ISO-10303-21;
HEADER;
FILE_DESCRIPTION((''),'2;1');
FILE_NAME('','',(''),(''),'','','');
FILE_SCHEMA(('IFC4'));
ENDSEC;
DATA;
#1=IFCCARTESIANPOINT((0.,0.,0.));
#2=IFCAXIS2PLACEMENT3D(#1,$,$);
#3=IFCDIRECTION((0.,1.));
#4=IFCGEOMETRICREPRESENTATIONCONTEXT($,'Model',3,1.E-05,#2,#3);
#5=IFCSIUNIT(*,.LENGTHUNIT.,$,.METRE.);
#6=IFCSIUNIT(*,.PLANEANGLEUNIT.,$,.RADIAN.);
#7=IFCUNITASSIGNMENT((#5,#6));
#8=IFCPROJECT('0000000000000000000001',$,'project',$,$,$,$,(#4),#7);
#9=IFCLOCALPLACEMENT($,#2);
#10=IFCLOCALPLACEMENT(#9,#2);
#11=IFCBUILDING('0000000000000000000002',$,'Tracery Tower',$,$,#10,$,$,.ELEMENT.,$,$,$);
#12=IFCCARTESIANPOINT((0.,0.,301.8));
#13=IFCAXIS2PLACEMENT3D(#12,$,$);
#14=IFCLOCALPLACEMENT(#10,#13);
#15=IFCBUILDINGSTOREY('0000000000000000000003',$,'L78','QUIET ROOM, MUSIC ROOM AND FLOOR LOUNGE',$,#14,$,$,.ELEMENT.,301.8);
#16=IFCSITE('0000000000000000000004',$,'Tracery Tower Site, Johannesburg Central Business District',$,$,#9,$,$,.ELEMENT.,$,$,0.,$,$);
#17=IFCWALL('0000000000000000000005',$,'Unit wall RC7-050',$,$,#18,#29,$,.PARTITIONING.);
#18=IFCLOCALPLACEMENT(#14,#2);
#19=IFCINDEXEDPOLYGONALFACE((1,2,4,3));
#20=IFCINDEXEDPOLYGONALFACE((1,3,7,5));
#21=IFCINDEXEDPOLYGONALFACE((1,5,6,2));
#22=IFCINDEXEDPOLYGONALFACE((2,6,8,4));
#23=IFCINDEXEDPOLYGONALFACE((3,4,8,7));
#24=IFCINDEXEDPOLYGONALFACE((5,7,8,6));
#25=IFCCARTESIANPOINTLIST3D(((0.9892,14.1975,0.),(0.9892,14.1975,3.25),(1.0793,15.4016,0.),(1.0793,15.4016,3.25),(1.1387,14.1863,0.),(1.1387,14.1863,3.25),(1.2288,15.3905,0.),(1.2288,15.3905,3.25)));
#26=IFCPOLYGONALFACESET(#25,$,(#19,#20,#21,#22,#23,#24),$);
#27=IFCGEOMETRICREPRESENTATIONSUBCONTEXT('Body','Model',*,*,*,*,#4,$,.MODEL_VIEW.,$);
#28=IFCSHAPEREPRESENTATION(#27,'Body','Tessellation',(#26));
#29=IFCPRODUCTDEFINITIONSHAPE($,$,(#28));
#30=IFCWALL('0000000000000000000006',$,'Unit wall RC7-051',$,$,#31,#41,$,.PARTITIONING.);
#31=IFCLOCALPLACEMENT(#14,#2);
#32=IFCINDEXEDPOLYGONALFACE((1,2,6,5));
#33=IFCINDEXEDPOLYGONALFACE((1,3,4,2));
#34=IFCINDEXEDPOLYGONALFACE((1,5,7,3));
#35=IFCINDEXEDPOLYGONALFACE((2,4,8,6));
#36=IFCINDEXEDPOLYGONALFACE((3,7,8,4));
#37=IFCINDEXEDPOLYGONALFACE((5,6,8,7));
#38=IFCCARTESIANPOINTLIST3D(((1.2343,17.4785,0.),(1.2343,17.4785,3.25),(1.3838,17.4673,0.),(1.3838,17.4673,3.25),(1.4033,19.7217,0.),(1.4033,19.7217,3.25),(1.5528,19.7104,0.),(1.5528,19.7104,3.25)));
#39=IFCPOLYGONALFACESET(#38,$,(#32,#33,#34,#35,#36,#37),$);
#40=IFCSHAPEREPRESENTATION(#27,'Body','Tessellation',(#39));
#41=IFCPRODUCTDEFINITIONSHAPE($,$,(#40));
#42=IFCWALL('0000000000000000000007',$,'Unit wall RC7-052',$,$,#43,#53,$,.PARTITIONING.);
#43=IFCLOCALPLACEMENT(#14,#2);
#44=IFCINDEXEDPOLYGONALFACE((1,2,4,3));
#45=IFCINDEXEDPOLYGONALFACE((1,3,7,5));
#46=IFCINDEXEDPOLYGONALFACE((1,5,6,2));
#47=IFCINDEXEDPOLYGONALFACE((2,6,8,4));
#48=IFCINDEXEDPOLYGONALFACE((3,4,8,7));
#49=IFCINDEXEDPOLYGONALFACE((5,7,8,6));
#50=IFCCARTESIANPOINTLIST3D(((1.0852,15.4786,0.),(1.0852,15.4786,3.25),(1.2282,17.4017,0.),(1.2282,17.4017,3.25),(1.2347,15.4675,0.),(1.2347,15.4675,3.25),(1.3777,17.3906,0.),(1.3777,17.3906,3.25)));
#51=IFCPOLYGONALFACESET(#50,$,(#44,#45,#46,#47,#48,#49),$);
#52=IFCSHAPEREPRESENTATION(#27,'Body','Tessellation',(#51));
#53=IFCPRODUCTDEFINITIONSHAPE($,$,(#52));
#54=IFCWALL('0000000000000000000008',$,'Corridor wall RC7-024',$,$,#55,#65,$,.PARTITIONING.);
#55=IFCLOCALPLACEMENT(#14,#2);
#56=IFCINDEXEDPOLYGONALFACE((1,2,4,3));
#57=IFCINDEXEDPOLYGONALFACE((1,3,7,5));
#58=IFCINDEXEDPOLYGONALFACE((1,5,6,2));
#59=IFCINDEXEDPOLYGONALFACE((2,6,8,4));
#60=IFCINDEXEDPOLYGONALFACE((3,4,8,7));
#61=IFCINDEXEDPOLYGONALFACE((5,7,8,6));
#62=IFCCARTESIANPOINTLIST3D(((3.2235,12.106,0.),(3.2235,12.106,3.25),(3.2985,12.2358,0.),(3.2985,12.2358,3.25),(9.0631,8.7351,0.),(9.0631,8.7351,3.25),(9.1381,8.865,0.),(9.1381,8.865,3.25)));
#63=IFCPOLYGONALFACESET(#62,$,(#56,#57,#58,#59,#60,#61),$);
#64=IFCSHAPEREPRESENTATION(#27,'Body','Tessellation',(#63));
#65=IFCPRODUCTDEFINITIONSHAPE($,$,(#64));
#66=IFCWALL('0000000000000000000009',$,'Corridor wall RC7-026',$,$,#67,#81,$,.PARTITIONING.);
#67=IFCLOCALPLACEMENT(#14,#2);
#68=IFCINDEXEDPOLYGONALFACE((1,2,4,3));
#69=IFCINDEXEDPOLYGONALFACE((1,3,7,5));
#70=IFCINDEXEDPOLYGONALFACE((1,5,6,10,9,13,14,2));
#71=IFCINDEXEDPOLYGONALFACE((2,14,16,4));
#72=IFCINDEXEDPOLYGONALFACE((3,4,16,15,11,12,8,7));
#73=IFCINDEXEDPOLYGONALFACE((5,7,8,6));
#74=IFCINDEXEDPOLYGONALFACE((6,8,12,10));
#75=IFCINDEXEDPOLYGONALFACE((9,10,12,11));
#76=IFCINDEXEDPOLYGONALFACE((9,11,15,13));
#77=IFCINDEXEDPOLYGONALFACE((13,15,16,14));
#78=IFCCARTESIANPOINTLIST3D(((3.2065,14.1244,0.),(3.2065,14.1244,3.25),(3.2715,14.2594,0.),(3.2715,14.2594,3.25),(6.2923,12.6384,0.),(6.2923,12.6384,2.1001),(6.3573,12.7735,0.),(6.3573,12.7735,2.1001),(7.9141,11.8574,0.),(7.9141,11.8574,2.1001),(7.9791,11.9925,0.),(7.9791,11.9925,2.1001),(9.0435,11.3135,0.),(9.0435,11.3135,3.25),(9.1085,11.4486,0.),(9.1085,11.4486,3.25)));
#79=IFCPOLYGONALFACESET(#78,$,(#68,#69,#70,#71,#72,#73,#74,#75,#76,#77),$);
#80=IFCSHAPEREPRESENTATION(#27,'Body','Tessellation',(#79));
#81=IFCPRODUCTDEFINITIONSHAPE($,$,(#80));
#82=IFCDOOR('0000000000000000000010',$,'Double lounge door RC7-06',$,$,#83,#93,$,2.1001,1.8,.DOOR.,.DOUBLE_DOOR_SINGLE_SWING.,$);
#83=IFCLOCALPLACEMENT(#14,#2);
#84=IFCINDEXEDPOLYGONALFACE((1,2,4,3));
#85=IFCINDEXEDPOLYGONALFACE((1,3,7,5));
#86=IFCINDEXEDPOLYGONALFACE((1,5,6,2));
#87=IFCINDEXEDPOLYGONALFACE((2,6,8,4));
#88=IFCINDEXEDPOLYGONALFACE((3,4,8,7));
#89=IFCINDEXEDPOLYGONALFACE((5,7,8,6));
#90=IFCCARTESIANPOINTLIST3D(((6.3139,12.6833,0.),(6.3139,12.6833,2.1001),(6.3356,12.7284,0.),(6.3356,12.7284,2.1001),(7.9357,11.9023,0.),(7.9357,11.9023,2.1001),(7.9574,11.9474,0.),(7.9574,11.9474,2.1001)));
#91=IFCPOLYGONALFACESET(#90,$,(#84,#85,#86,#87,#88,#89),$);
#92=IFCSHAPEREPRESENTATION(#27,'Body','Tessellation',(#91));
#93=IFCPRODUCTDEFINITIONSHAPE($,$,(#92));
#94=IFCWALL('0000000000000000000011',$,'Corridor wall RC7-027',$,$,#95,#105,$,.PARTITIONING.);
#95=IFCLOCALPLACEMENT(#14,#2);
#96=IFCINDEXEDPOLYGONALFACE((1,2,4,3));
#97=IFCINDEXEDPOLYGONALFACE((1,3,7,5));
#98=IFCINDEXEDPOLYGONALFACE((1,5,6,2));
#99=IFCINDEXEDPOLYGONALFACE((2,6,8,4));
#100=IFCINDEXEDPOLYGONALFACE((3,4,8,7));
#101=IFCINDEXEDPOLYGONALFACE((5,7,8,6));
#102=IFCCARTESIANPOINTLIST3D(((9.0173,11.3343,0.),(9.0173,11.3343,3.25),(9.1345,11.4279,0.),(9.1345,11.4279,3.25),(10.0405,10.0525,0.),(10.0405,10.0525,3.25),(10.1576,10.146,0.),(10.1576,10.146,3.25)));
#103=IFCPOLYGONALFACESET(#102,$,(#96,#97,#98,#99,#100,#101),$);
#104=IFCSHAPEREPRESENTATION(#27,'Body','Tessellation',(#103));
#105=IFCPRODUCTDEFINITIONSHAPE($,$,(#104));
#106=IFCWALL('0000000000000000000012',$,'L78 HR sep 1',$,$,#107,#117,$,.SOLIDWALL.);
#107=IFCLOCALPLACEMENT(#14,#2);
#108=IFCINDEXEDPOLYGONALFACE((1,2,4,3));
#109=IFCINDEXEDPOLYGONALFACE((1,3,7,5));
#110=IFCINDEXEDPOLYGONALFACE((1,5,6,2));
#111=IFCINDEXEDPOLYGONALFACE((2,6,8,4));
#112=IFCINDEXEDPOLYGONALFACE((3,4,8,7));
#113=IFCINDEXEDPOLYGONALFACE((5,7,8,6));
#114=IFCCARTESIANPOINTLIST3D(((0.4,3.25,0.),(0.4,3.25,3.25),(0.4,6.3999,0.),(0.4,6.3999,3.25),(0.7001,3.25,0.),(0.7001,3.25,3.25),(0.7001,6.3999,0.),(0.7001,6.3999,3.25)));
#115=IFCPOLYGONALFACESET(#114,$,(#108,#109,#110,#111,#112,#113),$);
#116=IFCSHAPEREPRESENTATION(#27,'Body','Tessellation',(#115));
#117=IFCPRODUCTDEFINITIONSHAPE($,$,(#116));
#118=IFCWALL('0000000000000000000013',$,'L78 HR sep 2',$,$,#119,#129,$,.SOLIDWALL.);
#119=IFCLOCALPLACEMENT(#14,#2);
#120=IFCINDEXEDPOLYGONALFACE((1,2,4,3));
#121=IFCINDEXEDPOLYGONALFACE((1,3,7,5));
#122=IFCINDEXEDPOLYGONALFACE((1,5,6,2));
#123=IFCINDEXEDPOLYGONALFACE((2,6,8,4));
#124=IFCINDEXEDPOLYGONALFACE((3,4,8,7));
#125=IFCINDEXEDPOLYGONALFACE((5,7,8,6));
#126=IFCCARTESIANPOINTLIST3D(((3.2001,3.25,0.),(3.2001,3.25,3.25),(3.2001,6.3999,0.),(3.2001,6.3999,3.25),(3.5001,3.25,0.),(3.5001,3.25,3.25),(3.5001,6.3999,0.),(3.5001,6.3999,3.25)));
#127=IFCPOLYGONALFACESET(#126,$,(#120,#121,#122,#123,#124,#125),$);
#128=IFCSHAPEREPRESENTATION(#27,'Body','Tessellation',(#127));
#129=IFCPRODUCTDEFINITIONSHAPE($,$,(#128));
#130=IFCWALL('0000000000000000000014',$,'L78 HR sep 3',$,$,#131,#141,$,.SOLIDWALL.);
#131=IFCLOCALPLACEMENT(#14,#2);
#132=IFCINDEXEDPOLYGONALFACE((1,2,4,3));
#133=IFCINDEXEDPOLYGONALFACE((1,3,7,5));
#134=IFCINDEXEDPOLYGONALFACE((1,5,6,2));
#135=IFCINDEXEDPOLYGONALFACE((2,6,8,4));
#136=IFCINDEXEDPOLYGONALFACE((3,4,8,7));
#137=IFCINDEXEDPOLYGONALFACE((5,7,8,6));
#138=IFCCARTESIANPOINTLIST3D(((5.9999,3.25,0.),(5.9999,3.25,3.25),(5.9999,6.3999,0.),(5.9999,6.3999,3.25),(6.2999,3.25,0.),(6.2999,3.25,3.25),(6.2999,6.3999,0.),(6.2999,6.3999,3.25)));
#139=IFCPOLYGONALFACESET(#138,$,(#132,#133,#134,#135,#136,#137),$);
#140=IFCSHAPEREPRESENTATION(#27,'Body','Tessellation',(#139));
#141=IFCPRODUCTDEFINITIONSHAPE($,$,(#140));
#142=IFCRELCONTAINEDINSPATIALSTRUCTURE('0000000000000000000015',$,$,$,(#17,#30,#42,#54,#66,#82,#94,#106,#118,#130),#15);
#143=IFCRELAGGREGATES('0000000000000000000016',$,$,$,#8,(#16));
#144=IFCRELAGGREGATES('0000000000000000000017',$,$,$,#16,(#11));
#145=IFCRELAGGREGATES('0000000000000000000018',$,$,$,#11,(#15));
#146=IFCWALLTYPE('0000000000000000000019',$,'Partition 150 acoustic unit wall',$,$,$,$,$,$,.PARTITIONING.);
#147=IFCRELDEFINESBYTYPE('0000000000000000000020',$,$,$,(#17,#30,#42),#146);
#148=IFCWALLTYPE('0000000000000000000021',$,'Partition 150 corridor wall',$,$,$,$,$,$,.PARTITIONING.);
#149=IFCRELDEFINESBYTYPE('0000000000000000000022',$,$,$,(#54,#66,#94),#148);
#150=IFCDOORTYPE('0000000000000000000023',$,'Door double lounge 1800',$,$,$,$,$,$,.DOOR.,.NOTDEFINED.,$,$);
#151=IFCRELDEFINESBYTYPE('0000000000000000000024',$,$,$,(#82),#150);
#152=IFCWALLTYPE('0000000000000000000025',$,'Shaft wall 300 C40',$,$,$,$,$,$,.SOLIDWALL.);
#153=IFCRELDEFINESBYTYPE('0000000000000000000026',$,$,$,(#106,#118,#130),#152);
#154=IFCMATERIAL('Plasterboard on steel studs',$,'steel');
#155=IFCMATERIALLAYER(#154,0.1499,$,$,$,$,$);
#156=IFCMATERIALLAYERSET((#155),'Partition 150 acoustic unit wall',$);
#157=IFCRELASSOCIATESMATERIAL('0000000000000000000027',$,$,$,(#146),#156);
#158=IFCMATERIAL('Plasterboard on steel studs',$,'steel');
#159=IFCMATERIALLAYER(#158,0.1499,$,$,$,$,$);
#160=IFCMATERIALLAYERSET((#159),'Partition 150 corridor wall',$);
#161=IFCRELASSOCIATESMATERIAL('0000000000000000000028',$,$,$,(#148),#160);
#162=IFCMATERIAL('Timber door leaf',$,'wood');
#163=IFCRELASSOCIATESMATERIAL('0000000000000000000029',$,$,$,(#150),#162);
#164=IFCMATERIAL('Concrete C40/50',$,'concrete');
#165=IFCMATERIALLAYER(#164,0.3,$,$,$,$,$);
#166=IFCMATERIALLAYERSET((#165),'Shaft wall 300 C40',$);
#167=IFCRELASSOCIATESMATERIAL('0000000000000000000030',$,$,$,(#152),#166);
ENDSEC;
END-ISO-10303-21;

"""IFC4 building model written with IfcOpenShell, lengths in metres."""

from ifc_helpers import new_model, si_unit, direction, frame, frame_2d, origin, place, context, subcontext, project, spatial, rectangle, extrude, material, layer, layer_set, type_object, element, fill, save


model = new_model("IFC4")

# Units and contexts
model_context = context("Model", 3, precision=1e-05, world=origin(), true_north=direction((0.0, 1.0)))
body_context = subcontext(model_context, "Body", "Model", "MODEL_VIEW")
ifc_project = project(units=[si_unit("LENGTHUNIT", "METRE"), si_unit("PLANEANGLEUNIT", "RADIAN")], contexts=[model_context])

# Site, building, storey
site_placement = place(None, origin())
site = spatial("IfcSite", under=ifc_project, at=site_placement, Name="Tracery Tower Site, Johannesburg Central Business District", CompositionType="ELEMENT", RefElevation=0.0)
building_placement = place(site_placement, origin())
building = spatial("IfcBuilding", under=site, at=building_placement, Name="Tracery Tower", CompositionType="ELEMENT")
storey_placement = place(building_placement, frame((0.0, 0.0, 301.8)))
storey = spatial("IfcBuildingStorey", under=building, at=storey_placement, Name="L78", Description="QUIET ROOM, MUSIC ROOM AND FLOOR LOUNGE", CompositionType="ELEMENT", Elevation=301.8)

# Walls
ifc_material_1 = material(Name="Plasterboard on steel studs", Category="steel")
ifc_layer_1 = layer(ifc_material_1, 0.1499)
ifc_layer_set_1 = layer_set([ifc_layer_1], Name="Partition 150 acoustic unit wall")
wall_type_1 = type_object("IfcWallType", Name="Partition 150 acoustic unit wall", PredefinedType="PARTITIONING", material=ifc_layer_set_1)
wall_1_placement = place(storey_placement, frame((1.064, 14.1919, 0.0), z_axis=(0.0, 0.0, 1.0), x_axis=(0.074609, 0.997213, 0.0)))
element("IfcWall", 1, at=wall_1_placement, inside=storey, type_object=wall_type_1, Name="Unit wall RC7-050", PredefinedType="PARTITIONING", context=body_context, shape_type="SweptSolid", body=[
    extrude(rectangle(XDim=1.2075, YDim=0.1499, at=frame_2d((0.6038, 0.0))), origin(), (0.0, 0.0, 1.0), 3.25),
])
wall_2_placement = place(storey_placement, frame((1.3091, 17.4729, 0.0), z_axis=(0.0, 0.0, 1.0), x_axis=(0.075103, 0.997176, 0.0)))
element("IfcWall", 2, at=wall_2_placement, inside=storey, type_object=wall_type_1, Name="Unit wall RC7-051", PredefinedType="PARTITIONING", context=body_context, shape_type="SweptSolid", body=[
    extrude(rectangle(XDim=2.2495, YDim=0.1499, at=frame_2d((1.1248, 0.0))), origin(), (0.0, 0.0, 1.0), 3.25),
])
wall_3_placement = place(storey_placement, frame((1.1599, 15.4729, 0.0), z_axis=(0.0, 0.0, 1.0), x_axis=(0.074189, 0.997244, 0.0)))
element("IfcWall", 3, at=wall_3_placement, inside=storey, type_object=wall_type_1, Name="Unit wall RC7-052", PredefinedType="PARTITIONING", context=body_context, shape_type="SweptSolid", body=[
    extrude(rectangle(XDim=1.9285, YDim=0.1499, at=frame_2d((0.9644, 0.0))), origin(), (0.0, 0.0, 1.0), 3.25),
])
ifc_material_2 = material(Name="Plasterboard on steel studs", Category="steel")
ifc_layer_2 = layer(ifc_material_2, 0.1499)
ifc_layer_set_2 = layer_set([ifc_layer_2], Name="Partition 150 corridor wall")
wall_type_2 = type_object("IfcWallType", Name="Partition 150 corridor wall", PredefinedType="PARTITIONING", material=ifc_layer_set_2)
wall_4_placement = place(storey_placement, frame((3.261, 12.1709, 0.0), z_axis=(0.0, 0.0, 1.0), x_axis=(0.866067, -0.499928, 0.0)))
element("IfcWall", 4, at=wall_4_placement, inside=storey, type_object=wall_type_2, Name="Corridor wall RC7-024", PredefinedType="PARTITIONING", context=body_context, shape_type="SweptSolid", body=[
    extrude(rectangle(XDim=6.7427, YDim=0.1499, at=frame_2d((3.3713, 0.0))), origin(), (0.0, 0.0, 1.0), 3.25),
])

# Wall, opening, door
wall_5_placement = place(storey_placement, frame((3.239, 14.1919, 0.0), z_axis=(0.0, 0.0, 1.0), x_axis=(0.900976, -0.433869, 0.0)))
wall_5 = element("IfcWall", 5, at=wall_5_placement, inside=storey, type_object=wall_type_2, Name="Corridor wall RC7-026", PredefinedType="PARTITIONING", context=body_context, shape_type="SweptSolid", body=[
    extrude(rectangle(XDim=6.4785, YDim=0.1499, at=frame_2d((3.2393, 0.0))), origin(), (0.0, 0.0, 1.0), 3.25),
])
opening_1_placement = place(wall_5_placement, frame((3.425, 0.0, 0.0)))
opening_1 = element("IfcOpeningElement", 6, at=opening_1_placement, cuts=wall_5, PredefinedType="OPENING", context=body_context, shape_type="SweptSolid", body=[
    extrude(rectangle(XDim=1.8, YDim=2.1001, at=frame_2d((0.8999, 1.05))), frame((0.0, 0.075, 0.0), z_axis=(0.0, -1.0, 0.0), x_axis=(1.0, 0.0, 0.0)), (0.0, 0.0, 1.0), 0.1499),
])
ifc_material_3 = material(Name="Timber door leaf", Category="wood")
door_type_1 = type_object("IfcDoorType", Name="Door double lounge 1800", OperationType="NOTDEFINED", PredefinedType="DOOR", material=ifc_material_3)
door_1_placement = place(opening_1_placement, origin())
door_1 = element("IfcDoor", 7, at=door_1_placement, inside=storey, type_object=door_type_1, Name="Double lounge door RC7-06", OperationType="DOUBLE_DOOR_SINGLE_SWING", OverallHeight=2.1001, OverallWidth=1.8, PredefinedType="DOOR", context=body_context, shape_type="SweptSolid", body=[
    extrude(rectangle(XDim=1.8, YDim=2.1001, at=frame_2d((0.8999, 1.05))), frame((0.0, 0.0249, 0.0), z_axis=(0.0, -1.0, 0.0), x_axis=(1.0, 0.0, 0.0)), (0.0, 0.0, 1.0), 0.05),
])
fill(opening_1, door_1)

# Walls
wall_6_placement = place(storey_placement, frame((9.0759, 11.3811, 0.0), z_axis=(0.0, 0.0, 1.0), x_axis=(0.623805, -0.78158, 0.0)))
element("IfcWall", 8, at=wall_6_placement, inside=storey, type_object=wall_type_2, Name="Corridor wall RC7-027", PredefinedType="PARTITIONING", context=body_context, shape_type="SweptSolid", body=[
    extrude(rectangle(XDim=1.6401, YDim=0.1499, at=frame_2d((0.8201, 0.0))), origin(), (0.0, 0.0, 1.0), 3.25),
])
ifc_material_4 = material(Name="Concrete C40/50", Category="concrete")
ifc_layer_3 = layer(ifc_material_4, 0.3)
ifc_layer_set_3 = layer_set([ifc_layer_3], Name="Shaft wall 300 C40")
wall_type_3 = type_object("IfcWallType", Name="Shaft wall 300 C40", PredefinedType="SOLIDWALL", material=ifc_layer_set_3)
for number, where, z_axis, x_axis, name in (
    (9, (0.55, 3.25, 0.0), (0.0, 0.0, 1.0), (0.0, 1.0, 0.0), "L78 HR sep 1"),
    (10, (3.3501, 3.25, 0.0), (0.0, 0.0, 1.0), (0.0, 1.0, 0.0), "L78 HR sep 2"),
    (11, (6.1499, 3.25, 0.0), (0.0, 0.0, 1.0), (0.0, 1.0, 0.0), "L78 HR sep 3"),
):
    element("IfcWall", number, at=place(storey_placement, frame(where, z_axis=z_axis, x_axis=x_axis)), inside=storey, type_object=wall_type_3, Name=name, PredefinedType="SOLIDWALL", context=body_context, shape_type="SweptSolid", body=[
        extrude(rectangle(XDim=3.1499, YDim=0.3, at=frame_2d((1.575, 0.0))), origin(), (0.0, 0.0, 1.0), 3.25),
    ])

save(model, "model.ifc")
